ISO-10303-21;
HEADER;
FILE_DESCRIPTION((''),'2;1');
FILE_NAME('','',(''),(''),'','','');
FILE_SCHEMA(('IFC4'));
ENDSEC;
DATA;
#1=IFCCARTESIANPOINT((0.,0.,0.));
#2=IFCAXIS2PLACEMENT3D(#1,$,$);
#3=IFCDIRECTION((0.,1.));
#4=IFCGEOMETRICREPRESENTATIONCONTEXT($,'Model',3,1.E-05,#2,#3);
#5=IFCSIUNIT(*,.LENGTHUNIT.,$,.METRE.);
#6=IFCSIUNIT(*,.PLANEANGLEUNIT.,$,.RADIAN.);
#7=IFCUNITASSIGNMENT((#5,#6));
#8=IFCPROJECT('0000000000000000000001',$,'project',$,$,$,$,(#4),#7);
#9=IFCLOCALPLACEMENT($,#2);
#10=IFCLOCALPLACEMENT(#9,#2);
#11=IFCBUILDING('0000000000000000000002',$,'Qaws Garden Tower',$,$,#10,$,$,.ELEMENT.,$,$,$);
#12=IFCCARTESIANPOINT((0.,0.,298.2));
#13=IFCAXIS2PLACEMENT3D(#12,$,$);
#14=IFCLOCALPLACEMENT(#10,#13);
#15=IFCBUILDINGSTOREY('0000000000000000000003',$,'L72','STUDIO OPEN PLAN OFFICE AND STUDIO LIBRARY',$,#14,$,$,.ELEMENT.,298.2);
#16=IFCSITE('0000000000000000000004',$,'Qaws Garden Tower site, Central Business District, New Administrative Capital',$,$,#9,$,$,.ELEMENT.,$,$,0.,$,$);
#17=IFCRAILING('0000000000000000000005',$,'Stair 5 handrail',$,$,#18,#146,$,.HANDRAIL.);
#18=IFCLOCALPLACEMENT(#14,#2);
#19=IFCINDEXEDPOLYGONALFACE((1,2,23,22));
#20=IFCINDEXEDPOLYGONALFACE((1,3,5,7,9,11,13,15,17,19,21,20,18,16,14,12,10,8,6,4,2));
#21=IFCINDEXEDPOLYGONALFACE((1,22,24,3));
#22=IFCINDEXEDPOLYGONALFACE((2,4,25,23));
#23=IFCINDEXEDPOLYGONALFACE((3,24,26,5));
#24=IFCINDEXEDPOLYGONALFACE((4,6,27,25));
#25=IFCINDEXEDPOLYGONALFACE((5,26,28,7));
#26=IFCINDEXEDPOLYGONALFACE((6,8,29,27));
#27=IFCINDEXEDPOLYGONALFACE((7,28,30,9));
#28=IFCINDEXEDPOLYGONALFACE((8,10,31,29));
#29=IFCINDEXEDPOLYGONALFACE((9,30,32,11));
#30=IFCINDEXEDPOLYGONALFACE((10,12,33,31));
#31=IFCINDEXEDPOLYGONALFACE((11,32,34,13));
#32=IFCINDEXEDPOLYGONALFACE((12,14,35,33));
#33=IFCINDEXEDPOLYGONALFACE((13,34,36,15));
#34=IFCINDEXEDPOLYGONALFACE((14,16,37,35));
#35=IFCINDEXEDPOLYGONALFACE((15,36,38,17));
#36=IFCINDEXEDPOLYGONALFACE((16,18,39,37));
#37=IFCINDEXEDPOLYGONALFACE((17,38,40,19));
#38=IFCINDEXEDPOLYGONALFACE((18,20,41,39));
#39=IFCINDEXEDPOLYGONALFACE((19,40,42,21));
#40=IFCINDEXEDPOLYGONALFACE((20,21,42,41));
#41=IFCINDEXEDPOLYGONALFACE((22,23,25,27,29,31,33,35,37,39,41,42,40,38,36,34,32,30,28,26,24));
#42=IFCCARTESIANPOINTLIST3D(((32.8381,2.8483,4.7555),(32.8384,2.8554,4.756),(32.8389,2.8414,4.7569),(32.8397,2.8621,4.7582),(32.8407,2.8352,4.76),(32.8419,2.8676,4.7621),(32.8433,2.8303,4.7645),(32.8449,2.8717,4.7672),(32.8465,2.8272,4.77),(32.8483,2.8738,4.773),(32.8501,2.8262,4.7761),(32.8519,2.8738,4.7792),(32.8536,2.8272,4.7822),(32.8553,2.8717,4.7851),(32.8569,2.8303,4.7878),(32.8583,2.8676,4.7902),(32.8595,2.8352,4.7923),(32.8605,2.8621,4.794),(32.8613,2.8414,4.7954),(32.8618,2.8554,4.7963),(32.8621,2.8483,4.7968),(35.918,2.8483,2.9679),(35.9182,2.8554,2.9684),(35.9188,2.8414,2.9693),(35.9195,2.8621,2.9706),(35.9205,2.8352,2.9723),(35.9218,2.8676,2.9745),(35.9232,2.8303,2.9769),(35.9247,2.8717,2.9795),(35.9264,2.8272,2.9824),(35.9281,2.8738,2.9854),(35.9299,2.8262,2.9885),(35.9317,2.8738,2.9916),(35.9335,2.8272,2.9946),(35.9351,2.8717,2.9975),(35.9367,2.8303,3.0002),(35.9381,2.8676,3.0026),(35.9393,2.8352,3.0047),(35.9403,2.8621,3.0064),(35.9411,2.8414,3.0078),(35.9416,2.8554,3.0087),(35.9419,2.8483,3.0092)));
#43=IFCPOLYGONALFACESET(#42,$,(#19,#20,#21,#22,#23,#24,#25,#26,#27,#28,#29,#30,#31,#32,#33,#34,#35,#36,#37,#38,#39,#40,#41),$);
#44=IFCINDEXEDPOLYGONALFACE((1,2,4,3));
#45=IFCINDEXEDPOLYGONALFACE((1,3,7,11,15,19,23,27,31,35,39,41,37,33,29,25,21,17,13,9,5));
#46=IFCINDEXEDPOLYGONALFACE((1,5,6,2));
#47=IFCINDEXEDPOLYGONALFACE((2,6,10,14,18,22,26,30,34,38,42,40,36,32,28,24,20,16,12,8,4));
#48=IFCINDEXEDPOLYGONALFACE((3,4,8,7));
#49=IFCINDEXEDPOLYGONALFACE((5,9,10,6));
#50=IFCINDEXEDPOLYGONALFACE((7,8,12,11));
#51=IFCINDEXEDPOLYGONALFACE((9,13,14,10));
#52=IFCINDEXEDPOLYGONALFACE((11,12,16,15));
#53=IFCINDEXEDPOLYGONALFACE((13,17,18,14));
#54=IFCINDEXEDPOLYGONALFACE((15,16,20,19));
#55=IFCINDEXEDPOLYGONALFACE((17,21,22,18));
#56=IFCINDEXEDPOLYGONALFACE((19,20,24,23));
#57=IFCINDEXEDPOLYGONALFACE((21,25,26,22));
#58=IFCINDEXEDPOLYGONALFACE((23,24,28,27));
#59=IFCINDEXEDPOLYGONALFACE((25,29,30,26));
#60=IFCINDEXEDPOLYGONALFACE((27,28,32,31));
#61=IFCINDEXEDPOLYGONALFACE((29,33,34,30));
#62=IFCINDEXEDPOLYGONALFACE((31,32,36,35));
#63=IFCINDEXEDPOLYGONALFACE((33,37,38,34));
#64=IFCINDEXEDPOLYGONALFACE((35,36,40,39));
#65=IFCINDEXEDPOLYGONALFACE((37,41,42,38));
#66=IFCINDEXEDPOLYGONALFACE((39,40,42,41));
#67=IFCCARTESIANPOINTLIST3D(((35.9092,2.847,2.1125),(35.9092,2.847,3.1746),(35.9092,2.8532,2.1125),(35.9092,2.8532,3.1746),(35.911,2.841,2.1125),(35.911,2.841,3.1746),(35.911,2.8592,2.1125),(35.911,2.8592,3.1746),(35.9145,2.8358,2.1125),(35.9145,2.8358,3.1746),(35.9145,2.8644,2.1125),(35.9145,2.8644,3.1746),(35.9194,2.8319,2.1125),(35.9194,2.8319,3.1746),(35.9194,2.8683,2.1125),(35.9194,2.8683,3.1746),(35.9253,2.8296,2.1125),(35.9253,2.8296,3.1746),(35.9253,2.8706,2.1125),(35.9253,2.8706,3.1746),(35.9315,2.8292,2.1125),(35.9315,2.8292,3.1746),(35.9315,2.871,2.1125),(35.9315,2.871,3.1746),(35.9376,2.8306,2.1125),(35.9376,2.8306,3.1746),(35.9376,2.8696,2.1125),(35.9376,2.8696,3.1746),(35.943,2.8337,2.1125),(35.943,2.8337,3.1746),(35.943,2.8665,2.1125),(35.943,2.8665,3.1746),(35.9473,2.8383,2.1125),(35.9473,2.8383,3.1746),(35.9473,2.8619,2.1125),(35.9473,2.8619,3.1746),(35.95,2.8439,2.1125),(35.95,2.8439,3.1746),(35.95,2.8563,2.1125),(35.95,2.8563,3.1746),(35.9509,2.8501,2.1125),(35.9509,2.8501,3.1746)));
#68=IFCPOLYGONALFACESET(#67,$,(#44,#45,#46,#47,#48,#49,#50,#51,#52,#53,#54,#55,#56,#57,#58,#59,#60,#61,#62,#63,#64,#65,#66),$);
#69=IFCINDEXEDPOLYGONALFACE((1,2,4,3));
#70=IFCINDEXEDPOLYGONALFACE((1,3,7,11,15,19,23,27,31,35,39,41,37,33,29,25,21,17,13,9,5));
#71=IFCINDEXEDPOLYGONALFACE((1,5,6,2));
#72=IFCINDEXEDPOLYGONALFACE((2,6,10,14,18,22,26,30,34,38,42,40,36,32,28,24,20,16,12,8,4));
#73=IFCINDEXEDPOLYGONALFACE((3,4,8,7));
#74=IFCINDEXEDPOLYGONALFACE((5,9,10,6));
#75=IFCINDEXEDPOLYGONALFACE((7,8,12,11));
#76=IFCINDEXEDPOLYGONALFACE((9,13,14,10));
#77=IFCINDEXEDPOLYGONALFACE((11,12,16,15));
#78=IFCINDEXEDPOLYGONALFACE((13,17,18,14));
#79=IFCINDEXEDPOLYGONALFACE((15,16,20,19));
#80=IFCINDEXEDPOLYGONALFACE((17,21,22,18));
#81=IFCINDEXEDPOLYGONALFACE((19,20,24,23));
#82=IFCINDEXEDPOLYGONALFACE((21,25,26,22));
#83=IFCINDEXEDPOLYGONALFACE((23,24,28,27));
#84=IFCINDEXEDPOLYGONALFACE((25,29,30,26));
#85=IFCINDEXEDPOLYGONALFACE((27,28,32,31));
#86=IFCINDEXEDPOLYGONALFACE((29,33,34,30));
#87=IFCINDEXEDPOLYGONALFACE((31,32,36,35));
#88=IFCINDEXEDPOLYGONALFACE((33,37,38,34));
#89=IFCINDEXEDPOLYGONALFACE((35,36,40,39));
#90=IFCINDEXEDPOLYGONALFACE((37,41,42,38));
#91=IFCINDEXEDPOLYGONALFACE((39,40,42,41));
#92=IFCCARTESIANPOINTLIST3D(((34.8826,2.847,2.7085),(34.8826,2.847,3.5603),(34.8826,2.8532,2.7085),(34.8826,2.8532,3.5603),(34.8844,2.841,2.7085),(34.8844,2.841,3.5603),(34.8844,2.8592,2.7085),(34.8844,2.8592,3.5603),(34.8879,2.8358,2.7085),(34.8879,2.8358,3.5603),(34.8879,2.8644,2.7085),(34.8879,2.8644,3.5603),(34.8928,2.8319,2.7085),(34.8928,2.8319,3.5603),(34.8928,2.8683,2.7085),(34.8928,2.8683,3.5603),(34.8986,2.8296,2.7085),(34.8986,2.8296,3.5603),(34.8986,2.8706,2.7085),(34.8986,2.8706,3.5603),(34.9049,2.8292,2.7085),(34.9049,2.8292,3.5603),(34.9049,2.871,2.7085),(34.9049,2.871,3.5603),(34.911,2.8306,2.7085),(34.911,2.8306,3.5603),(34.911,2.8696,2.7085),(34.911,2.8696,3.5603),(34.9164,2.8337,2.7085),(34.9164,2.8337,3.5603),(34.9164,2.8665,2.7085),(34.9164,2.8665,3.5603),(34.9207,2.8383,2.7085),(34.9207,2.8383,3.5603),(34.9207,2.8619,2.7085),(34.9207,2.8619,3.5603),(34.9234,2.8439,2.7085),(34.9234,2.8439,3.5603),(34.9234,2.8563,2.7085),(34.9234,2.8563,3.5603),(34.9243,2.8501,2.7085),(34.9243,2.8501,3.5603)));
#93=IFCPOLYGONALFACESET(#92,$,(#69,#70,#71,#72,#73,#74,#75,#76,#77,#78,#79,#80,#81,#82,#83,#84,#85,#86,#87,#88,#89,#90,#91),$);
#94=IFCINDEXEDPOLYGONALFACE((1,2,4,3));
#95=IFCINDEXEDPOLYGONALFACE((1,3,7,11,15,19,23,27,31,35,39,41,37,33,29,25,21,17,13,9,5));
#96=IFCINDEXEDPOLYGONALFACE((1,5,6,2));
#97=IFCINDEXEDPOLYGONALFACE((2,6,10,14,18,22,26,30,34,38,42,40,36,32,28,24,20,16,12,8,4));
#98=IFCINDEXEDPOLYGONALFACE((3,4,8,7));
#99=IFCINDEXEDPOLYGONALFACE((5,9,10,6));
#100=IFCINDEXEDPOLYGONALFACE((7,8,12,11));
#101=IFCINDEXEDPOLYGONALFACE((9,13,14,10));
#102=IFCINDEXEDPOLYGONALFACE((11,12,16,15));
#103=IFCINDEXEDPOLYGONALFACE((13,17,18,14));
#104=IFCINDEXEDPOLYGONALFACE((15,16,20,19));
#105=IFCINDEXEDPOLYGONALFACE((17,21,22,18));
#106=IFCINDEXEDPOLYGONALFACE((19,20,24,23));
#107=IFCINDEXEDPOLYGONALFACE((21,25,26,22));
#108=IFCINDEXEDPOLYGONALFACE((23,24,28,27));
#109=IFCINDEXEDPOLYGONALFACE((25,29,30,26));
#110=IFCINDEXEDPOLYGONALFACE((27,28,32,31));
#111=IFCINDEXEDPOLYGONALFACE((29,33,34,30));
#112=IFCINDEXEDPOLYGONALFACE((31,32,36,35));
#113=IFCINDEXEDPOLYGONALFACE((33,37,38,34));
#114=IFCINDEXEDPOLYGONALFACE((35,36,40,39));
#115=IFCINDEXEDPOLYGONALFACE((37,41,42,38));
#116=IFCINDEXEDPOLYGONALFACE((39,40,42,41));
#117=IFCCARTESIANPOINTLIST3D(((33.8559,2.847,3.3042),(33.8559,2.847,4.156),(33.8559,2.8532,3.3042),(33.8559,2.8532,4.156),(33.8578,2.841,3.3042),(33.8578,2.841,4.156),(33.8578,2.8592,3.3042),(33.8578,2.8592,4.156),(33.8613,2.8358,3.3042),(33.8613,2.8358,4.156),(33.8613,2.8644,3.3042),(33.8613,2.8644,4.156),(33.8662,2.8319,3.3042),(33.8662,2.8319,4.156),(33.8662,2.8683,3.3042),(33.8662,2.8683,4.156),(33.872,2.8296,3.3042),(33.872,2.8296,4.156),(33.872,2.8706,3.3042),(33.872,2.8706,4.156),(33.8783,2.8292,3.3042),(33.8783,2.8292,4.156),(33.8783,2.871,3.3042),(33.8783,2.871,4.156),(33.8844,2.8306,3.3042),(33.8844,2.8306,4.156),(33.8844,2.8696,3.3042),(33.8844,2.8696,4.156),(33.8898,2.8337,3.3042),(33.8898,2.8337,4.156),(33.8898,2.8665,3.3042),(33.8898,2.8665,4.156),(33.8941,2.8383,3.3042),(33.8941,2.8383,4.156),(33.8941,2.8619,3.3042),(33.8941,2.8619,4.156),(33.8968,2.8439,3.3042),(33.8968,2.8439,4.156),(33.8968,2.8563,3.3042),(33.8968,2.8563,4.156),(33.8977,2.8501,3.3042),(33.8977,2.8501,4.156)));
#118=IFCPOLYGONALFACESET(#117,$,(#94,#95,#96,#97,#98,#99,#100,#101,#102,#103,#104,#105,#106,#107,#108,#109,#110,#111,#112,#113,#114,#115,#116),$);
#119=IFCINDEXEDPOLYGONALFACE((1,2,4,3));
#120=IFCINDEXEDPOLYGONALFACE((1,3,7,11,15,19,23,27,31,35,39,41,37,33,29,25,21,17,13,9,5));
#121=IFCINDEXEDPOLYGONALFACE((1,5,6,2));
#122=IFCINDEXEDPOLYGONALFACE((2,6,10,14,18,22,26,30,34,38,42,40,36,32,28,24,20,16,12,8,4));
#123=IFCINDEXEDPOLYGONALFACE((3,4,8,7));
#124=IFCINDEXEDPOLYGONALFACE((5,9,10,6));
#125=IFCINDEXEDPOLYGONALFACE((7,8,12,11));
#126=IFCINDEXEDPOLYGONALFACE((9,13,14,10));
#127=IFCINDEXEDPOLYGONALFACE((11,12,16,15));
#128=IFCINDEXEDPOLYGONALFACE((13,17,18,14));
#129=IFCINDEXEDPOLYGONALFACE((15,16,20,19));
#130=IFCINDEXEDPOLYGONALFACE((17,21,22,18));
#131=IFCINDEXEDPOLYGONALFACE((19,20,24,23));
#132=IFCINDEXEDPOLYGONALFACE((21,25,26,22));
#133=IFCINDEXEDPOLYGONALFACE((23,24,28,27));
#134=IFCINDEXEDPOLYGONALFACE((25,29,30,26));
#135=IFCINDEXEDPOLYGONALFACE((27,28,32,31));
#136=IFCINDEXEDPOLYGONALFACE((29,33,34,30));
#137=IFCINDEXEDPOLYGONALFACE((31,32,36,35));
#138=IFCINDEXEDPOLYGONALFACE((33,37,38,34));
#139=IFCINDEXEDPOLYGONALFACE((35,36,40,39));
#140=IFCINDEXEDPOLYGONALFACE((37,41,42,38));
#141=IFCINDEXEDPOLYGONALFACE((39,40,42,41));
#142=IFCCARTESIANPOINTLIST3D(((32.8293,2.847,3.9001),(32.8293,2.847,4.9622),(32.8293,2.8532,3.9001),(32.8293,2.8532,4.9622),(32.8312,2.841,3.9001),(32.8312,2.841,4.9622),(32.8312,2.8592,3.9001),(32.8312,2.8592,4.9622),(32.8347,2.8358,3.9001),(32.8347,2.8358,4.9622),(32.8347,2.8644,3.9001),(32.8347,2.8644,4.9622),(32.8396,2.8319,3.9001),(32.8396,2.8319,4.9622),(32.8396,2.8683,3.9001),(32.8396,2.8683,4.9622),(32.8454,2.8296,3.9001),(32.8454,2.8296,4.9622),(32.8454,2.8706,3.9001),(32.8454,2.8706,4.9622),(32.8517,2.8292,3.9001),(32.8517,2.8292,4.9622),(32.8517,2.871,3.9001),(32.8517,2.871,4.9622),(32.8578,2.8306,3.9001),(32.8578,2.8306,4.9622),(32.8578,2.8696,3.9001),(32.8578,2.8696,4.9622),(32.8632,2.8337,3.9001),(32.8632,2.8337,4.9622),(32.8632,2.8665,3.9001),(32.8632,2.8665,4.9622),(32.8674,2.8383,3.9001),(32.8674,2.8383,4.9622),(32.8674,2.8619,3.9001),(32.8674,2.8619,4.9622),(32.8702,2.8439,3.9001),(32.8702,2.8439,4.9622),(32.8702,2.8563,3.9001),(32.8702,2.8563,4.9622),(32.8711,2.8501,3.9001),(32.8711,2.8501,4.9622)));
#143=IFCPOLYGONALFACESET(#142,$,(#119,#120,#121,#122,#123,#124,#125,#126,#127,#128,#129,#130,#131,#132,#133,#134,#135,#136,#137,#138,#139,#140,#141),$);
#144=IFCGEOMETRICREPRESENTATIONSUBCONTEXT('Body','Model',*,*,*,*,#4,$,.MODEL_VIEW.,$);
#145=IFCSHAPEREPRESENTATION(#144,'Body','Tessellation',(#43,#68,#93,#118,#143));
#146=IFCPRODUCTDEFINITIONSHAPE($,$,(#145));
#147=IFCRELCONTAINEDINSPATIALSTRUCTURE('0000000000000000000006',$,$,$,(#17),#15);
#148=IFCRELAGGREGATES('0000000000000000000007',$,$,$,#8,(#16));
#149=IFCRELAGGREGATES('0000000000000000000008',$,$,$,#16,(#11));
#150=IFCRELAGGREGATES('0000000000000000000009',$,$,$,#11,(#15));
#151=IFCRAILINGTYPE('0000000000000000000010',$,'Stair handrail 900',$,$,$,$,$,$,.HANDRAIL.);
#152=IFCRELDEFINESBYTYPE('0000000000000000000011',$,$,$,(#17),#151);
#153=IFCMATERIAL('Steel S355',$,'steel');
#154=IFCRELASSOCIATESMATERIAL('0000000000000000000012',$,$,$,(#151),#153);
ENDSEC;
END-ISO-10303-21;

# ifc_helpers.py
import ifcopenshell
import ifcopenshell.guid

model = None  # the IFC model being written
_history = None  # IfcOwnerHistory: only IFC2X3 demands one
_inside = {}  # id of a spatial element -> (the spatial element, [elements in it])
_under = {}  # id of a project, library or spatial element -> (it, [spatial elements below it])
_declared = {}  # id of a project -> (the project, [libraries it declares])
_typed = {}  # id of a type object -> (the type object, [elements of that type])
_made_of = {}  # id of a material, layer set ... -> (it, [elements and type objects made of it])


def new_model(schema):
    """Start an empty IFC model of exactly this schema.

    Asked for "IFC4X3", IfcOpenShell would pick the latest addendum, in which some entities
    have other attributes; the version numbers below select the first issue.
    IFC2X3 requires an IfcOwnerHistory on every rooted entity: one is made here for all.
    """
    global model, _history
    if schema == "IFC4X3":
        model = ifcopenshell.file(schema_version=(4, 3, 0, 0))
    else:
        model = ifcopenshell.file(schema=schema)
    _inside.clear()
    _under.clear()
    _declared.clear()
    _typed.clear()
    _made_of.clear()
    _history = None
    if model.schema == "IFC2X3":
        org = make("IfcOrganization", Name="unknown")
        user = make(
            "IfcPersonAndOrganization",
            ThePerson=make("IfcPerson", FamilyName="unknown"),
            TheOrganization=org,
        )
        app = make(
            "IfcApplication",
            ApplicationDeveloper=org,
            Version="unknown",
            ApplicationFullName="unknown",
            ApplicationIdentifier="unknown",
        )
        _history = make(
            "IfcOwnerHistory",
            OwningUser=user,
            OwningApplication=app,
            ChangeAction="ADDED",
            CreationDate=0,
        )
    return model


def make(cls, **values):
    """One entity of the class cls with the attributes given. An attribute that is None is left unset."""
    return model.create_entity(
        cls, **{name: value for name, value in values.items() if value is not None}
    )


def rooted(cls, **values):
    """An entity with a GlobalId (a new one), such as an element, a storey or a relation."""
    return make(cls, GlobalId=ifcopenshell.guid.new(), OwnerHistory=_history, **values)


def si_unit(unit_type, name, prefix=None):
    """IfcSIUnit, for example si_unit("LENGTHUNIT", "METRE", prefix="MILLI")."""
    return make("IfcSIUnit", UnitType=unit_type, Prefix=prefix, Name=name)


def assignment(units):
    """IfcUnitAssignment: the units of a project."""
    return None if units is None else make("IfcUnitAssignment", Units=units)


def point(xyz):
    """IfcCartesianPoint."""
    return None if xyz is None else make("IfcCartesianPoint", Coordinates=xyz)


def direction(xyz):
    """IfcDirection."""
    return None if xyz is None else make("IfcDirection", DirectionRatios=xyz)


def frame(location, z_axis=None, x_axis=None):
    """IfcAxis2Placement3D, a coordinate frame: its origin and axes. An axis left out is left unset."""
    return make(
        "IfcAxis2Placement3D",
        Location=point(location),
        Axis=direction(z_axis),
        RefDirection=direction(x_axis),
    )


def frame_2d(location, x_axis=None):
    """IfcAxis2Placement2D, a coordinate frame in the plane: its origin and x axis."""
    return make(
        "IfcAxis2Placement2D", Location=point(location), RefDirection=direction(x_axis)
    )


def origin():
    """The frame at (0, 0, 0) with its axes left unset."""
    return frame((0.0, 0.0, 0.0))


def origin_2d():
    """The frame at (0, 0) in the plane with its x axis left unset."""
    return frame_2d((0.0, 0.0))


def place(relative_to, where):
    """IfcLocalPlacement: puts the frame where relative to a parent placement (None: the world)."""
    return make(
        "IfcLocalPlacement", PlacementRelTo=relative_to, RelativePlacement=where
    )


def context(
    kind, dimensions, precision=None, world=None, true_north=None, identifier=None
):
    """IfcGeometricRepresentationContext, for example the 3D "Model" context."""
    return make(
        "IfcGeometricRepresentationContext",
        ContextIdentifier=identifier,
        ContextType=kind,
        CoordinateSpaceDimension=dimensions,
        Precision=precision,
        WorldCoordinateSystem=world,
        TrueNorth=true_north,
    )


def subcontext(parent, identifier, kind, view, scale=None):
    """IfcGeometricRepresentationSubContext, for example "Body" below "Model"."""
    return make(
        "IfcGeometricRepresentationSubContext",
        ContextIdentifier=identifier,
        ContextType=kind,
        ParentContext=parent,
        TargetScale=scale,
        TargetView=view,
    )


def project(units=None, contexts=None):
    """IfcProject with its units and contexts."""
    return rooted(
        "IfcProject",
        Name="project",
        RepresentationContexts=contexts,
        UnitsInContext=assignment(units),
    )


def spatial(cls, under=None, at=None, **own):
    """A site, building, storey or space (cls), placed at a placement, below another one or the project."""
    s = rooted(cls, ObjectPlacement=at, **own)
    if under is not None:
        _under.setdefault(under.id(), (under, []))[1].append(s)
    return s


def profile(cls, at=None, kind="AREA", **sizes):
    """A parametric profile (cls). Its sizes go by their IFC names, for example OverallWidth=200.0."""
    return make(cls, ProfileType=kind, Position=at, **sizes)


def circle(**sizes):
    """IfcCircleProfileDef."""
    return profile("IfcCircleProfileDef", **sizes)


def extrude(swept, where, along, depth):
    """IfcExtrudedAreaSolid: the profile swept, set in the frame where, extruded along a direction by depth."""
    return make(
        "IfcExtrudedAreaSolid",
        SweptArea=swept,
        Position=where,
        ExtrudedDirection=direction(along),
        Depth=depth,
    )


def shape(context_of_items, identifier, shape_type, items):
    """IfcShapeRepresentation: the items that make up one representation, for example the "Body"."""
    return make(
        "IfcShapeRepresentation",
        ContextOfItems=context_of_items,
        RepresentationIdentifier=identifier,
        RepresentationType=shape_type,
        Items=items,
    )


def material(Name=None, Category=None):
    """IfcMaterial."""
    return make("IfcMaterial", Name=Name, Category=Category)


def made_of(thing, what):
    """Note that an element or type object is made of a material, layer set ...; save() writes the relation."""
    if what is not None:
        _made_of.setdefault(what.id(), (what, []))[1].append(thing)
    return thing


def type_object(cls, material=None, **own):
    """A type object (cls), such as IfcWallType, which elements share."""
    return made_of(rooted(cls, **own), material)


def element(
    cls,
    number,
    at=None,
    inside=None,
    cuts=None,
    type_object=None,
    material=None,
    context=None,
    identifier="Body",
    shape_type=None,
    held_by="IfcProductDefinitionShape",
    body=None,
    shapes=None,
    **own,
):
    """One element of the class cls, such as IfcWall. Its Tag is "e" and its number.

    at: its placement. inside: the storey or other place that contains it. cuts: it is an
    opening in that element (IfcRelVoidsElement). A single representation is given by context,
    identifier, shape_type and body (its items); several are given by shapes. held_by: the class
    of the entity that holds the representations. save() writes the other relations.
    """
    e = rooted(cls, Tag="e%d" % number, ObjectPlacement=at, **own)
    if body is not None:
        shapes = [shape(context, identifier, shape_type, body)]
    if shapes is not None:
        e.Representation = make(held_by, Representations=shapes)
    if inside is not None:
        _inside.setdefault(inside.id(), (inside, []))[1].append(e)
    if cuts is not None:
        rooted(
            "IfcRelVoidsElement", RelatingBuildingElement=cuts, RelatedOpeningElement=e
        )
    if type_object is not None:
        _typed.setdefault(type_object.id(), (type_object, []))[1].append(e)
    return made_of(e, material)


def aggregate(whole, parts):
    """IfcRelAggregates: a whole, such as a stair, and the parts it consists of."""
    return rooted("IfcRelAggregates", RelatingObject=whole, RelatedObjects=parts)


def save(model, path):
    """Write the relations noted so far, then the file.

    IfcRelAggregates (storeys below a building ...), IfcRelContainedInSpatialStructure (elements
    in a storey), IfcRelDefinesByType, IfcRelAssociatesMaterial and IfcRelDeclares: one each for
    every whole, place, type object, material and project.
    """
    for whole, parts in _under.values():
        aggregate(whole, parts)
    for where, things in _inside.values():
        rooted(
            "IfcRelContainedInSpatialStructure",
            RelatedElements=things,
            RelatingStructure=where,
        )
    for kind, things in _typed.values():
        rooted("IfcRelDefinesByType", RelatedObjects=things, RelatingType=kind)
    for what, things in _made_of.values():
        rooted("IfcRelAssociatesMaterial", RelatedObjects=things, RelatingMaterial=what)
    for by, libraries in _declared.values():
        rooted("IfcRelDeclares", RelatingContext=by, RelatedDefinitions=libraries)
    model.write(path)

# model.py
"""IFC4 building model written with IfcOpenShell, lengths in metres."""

from ifc_helpers import new_model, si_unit, direction, frame, origin, origin_2d, place, context, subcontext, project, spatial, circle, extrude, material, type_object, element, save


model = new_model("IFC4")

# Units and contexts
model_context = context("Model", 3, precision=1e-05, world=origin(), true_north=direction((0.0, 1.0)))
body_context = subcontext(model_context, "Body", "Model", "MODEL_VIEW")
ifc_project = project(units=[si_unit("LENGTHUNIT", "METRE"), si_unit("PLANEANGLEUNIT", "RADIAN")], contexts=[model_context])

# Site, building, storey
site_placement = place(None, origin())
site = spatial("IfcSite", under=ifc_project, at=site_placement, Name="Qaws Garden Tower site, Central Business District, New Administrative Capital", CompositionType="ELEMENT", RefElevation=0.0)
building_placement = place(site_placement, origin())
building = spatial("IfcBuilding", under=site, at=building_placement, Name="Qaws Garden Tower", CompositionType="ELEMENT")
storey_placement = place(building_placement, frame((0.0, 0.0, 298.2)))
storey = spatial("IfcBuildingStorey", under=building, at=storey_placement, Name="L72", Description="STUDIO OPEN PLAN OFFICE AND STUDIO LIBRARY", CompositionType="ELEMENT", Elevation=298.2)

# Railing
ifc_material_1 = material(Name="Steel S355", Category="steel")
railing_type = type_object("IfcRailingType", Name="Stair handrail 900", PredefinedType="HANDRAIL", material=ifc_material_1)
railing_1_placement = place(storey_placement, frame((35.9299, 2.8501, 2.1125)))
element("IfcRailing", 1, at=railing_1_placement, inside=storey, type_object=railing_type, Name="Stair 5 handrail", PredefinedType="HANDRAIL", context=body_context, shape_type="SweptSolid", body=[
    extrude(circle(Radius=0.0239, at=origin_2d()), frame((0.0, 0.0, 0.876), z_axis=(-0.864873, 0.0, 0.50199), x_axis=(0.0, -1.0, 0.0)), (0.0, 0.0, 1.0), 3.561),
    extrude(circle(Radius=0.021, at=origin_2d()), origin(), (0.0, 0.0, 1.0), 1.062),
    extrude(circle(Radius=0.021, at=origin_2d()), frame((-1.0266, 0.0, 0.5959)), (0.0, 0.0, 1.0), 0.8518),
    extrude(circle(Radius=0.021, at=origin_2d()), frame((-2.0532, 0.0, 1.1917)), (0.0, 0.0, 1.0), 0.8518),
    extrude(circle(Radius=0.021, at=origin_2d()), frame((-3.0798, 0.0, 1.7876)), (0.0, 0.0, 1.0), 1.062),
])

save(model, "model.ifc")
